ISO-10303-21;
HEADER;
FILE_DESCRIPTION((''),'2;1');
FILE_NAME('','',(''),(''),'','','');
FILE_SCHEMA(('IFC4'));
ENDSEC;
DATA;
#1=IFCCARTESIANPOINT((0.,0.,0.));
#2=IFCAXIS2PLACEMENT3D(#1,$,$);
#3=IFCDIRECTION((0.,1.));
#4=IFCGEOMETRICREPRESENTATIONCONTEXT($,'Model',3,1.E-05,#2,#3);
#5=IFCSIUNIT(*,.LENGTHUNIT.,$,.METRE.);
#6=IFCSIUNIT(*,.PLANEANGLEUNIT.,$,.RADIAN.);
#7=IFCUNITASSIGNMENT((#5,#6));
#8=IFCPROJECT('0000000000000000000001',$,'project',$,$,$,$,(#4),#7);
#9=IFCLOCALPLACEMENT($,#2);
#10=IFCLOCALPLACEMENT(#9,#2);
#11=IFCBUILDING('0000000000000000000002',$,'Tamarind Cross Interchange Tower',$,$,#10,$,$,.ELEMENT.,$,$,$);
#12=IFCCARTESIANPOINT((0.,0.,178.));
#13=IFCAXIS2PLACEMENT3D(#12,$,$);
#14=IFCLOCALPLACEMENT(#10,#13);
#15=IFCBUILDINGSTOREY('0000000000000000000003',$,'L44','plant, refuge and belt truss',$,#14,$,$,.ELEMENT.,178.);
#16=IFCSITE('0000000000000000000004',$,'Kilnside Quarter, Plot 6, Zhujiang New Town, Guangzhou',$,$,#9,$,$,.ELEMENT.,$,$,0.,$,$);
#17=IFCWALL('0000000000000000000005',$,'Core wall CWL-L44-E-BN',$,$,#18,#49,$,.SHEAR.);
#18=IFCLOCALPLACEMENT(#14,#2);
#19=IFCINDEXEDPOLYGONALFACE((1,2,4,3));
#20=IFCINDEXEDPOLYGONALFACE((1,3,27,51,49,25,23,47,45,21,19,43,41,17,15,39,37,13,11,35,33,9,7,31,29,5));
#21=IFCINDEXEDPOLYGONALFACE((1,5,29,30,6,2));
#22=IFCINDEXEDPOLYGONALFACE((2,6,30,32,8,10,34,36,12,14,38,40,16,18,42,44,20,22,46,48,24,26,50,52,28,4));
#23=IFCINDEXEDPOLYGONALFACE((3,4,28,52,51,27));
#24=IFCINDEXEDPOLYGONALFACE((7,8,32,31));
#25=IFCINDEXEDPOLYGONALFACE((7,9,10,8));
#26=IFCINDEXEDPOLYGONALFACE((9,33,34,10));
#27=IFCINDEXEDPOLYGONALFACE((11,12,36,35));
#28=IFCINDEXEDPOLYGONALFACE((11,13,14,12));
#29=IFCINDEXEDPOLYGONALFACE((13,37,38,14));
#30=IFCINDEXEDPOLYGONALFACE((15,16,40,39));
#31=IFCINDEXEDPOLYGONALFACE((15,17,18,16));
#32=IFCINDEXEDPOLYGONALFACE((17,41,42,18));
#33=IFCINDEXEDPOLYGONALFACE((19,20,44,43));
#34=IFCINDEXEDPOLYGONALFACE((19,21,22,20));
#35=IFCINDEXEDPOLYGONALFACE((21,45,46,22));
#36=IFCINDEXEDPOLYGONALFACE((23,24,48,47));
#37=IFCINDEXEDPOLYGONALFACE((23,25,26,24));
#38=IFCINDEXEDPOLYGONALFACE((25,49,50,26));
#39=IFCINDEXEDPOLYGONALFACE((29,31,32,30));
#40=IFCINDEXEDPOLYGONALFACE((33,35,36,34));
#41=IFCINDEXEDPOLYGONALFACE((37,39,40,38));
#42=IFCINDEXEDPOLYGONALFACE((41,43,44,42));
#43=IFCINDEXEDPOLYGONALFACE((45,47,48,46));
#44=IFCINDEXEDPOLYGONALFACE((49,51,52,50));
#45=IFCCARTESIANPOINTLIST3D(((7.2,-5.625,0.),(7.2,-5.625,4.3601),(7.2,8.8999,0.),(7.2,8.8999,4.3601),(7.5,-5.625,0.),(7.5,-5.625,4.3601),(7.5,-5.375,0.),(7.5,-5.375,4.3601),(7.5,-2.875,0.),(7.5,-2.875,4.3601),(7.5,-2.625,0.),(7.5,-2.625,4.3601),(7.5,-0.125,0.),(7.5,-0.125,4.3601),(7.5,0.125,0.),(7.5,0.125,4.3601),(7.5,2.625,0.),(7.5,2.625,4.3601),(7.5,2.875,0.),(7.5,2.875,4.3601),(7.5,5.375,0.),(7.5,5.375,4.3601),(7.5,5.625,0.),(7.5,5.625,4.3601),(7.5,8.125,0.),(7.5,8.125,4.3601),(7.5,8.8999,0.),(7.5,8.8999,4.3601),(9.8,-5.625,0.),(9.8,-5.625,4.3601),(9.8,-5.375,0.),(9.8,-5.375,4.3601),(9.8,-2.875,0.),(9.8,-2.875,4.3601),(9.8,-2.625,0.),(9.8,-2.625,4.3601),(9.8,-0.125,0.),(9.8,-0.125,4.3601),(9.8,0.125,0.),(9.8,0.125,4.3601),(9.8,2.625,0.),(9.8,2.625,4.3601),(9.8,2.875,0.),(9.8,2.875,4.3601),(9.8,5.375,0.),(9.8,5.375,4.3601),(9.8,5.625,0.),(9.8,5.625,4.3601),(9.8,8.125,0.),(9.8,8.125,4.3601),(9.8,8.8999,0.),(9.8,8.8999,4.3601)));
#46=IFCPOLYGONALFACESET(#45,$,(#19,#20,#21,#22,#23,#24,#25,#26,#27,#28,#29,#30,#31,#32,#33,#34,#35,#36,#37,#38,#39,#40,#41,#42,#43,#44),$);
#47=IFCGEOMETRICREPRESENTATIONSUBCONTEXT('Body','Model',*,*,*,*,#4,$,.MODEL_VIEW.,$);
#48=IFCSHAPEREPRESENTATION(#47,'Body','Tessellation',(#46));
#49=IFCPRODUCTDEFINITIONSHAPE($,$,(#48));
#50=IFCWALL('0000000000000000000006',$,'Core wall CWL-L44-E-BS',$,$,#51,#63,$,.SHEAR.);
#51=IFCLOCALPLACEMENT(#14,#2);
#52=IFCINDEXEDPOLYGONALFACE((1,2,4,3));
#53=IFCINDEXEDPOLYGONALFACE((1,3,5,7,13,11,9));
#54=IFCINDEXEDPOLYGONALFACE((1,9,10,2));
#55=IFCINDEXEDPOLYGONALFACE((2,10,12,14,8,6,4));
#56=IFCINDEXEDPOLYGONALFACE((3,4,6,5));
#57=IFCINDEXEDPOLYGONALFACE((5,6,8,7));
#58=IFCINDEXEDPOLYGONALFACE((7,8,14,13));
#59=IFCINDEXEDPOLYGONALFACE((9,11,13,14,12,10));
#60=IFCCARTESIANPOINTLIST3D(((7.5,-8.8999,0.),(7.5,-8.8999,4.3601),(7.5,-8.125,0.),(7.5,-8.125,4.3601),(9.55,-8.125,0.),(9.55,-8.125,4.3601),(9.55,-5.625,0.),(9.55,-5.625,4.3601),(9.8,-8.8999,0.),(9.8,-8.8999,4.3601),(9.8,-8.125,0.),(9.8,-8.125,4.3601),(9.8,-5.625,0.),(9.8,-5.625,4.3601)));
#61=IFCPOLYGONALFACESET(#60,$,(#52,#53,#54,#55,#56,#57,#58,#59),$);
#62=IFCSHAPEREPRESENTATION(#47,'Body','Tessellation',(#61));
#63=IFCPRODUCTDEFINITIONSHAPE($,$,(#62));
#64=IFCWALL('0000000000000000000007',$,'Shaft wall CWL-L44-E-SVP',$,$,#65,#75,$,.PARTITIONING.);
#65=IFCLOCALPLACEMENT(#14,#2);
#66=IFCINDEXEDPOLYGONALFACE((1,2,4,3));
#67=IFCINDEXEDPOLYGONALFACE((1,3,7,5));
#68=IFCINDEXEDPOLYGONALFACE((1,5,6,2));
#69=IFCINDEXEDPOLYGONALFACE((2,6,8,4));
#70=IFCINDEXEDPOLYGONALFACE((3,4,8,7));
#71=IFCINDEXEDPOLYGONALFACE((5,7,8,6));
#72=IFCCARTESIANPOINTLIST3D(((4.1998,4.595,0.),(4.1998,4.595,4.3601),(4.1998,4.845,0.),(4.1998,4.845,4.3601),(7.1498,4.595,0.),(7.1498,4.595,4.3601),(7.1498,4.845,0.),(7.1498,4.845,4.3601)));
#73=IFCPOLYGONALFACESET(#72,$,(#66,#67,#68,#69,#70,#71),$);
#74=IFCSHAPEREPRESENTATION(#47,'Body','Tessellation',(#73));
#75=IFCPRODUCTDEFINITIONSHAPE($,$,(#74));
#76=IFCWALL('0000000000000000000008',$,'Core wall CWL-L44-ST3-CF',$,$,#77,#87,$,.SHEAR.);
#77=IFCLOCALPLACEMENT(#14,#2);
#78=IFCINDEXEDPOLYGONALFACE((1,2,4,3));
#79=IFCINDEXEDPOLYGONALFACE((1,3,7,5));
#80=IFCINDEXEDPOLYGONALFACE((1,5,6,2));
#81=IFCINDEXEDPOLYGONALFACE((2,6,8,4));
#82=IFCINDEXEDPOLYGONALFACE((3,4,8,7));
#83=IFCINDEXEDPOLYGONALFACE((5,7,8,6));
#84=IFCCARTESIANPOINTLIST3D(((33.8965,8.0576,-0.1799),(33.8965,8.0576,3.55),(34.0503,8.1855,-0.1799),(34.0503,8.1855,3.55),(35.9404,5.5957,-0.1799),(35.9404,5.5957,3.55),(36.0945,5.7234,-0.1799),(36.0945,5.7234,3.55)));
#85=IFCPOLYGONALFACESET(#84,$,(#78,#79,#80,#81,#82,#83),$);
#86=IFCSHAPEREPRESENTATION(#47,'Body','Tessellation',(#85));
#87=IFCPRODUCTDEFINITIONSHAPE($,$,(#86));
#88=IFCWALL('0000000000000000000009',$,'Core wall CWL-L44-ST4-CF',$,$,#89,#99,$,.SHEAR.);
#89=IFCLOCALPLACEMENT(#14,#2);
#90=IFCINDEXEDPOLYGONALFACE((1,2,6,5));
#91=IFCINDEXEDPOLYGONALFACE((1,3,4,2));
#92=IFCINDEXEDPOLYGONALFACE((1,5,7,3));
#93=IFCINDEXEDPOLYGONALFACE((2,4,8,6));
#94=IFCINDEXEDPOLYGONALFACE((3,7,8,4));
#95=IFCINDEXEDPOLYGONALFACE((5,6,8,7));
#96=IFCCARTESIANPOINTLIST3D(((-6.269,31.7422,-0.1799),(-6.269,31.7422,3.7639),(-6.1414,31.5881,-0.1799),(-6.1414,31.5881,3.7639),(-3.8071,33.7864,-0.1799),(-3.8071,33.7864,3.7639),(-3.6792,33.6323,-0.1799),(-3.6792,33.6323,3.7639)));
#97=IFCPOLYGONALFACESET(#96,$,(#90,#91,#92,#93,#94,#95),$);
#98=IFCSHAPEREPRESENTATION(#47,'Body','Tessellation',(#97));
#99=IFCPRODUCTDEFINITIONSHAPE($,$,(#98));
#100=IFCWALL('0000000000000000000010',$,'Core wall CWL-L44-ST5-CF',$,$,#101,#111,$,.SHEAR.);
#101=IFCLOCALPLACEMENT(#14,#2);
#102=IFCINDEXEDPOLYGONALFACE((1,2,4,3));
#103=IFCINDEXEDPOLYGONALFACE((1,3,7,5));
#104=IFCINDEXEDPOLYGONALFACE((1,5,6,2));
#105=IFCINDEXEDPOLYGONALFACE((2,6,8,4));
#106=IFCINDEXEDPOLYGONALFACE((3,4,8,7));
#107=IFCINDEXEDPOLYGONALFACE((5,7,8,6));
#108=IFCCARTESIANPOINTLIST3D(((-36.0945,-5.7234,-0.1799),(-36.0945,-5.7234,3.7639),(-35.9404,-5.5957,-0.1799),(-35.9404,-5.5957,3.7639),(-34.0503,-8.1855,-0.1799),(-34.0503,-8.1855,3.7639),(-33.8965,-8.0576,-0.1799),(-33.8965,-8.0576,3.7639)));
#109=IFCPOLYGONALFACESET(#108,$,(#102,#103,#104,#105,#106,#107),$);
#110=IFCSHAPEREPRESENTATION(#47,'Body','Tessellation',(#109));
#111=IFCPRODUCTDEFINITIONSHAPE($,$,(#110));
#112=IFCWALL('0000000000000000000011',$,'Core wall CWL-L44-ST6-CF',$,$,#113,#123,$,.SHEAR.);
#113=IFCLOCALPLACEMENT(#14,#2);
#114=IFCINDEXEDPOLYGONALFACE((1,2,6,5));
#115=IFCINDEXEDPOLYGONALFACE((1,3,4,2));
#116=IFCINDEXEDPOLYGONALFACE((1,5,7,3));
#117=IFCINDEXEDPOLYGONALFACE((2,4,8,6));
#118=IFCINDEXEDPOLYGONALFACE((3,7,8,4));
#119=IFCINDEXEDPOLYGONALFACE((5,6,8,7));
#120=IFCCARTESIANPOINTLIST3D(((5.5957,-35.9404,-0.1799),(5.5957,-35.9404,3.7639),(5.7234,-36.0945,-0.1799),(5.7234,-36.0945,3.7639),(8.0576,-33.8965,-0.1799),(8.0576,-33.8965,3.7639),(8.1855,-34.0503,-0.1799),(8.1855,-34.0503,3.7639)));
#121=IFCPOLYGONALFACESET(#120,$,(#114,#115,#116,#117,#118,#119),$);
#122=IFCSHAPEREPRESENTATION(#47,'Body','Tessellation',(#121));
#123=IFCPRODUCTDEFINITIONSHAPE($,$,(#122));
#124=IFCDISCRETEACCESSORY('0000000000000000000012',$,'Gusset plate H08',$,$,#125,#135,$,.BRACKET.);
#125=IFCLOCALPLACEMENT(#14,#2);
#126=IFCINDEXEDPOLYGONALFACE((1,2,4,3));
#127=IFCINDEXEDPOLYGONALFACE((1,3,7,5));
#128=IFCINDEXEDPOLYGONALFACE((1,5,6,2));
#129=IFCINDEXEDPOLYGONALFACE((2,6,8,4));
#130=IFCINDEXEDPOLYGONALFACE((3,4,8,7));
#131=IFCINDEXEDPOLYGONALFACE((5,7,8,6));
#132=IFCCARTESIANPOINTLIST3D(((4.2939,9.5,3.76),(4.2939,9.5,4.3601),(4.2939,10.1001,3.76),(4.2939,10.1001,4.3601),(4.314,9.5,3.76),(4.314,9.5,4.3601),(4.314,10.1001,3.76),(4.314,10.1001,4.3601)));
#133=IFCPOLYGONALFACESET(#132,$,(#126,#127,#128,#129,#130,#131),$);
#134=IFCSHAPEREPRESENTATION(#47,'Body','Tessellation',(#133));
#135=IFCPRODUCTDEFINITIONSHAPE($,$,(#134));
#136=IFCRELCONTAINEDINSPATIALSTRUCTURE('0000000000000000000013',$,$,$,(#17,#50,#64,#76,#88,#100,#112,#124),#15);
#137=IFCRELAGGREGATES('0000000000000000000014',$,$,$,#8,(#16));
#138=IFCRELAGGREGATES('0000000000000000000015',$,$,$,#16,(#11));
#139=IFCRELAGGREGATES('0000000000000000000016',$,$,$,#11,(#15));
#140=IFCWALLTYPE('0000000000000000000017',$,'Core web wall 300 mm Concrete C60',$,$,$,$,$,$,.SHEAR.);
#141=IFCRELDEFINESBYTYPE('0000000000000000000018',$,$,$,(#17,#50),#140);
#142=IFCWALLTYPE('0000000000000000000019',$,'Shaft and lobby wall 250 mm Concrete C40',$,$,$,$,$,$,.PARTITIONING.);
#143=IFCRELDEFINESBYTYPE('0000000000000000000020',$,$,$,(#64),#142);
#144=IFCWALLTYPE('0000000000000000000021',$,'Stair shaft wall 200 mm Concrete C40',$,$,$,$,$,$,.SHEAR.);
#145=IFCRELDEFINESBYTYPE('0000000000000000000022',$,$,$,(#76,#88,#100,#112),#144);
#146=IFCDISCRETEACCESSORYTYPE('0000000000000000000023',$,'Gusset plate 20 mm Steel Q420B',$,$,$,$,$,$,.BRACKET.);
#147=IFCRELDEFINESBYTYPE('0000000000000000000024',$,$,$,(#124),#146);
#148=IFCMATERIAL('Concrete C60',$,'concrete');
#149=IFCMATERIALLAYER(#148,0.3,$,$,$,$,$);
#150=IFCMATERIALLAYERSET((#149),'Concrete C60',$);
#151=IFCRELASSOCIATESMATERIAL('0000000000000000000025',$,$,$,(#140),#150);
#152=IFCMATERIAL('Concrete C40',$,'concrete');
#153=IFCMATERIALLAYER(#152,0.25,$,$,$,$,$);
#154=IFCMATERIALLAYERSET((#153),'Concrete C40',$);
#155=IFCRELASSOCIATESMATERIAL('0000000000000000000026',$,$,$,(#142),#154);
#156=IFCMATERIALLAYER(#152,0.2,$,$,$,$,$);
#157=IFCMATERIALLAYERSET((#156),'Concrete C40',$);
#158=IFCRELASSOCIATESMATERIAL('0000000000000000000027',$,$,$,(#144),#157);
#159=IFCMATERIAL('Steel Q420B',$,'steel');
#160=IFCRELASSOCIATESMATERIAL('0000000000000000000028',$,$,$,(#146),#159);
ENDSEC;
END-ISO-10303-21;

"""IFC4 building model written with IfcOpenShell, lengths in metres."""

from ifc_helpers import new_model, si_unit, direction, frame, frame_2d, origin, origin_2d, place, context, subcontext, project, spatial, polyline, rectangle, outline, extrude, material, layer, layer_set, type_object, element, save


model = new_model("IFC4")

# Units and contexts
model_context = context("Model", 3, precision=1e-05, world=origin(), true_north=direction((0.0, 1.0)))
body_context = subcontext(model_context, "Body", "Model", "MODEL_VIEW")
ifc_project = project(units=[si_unit("LENGTHUNIT", "METRE"), si_unit("PLANEANGLEUNIT", "RADIAN")], contexts=[model_context])

# Site, building, storey
site_placement = place(None, origin())
site = spatial("IfcSite", under=ifc_project, at=site_placement, Name="Kilnside Quarter, Plot 6, Zhujiang New Town, Guangzhou", CompositionType="ELEMENT", RefElevation=0.0)
building_placement = place(site_placement, origin())
building = spatial("IfcBuilding", under=site, at=building_placement, Name="Tamarind Cross Interchange Tower", CompositionType="ELEMENT")
storey_placement = place(building_placement, frame((0.0, 0.0, 178.0)))
storey = spatial("IfcBuildingStorey", under=building, at=storey_placement, Name="L44", Description="plant, refuge and belt truss", CompositionType="ELEMENT", Elevation=178.0)

# Shared definitions
ifc_material_1 = material(Name="Steel Q420B", Category="steel")

# Shared definitions
ifc_material_2 = material(Name="Concrete C40", Category="concrete")

# Walls
ifc_material_3 = material(Name="Concrete C60", Category="concrete")
ifc_layer_1 = layer(ifc_material_3, 0.3)
ifc_layer_set_1 = layer_set([ifc_layer_1], Name="Concrete C60")
wall_type_1 = type_object("IfcWallType", Name="Core web wall 300 mm Concrete C60", PredefinedType="SHEAR", material=ifc_layer_set_1)
wall_1_placement = place(storey_placement, origin())
element("IfcWall", 1, at=wall_1_placement, inside=storey, type_object=wall_type_1, Name="Core wall CWL-L44-E-BN", PredefinedType="SHEAR", context=body_context, shape_type="SweptSolid", body=[
    extrude(outline(polyline([(9.8, -5.375), (7.5, -5.375), (7.5, -2.875), (9.8, -2.875), (9.8, -2.625), (7.5, -2.625), (7.5, -0.125), (9.8, -0.125), (9.8, 0.125), (7.5, 0.125), (7.5, 2.625), (9.8, 2.625), (9.8, 2.875), (7.5, 2.875), (7.5, 5.375), (9.8, 5.375), (9.8, 5.625), (7.5, 5.625), (7.5, 8.125), (9.8, 8.125), (9.8, 8.8999), (7.5, 8.8999), (7.2, 8.8999), (7.2, -5.625), (7.5, -5.625), (9.8, -5.625), (9.8, -5.375)])), origin(), (0.0, 0.0, 1.0), 4.3601),
])
wall_2_placement = place(storey_placement, origin())
element("IfcWall", 2, at=wall_2_placement, inside=storey, type_object=wall_type_1, Name="Core wall CWL-L44-E-BS", PredefinedType="SHEAR", context=body_context, shape_type="SweptSolid", body=[
    extrude(outline(polyline([(7.5, -8.125), (7.5, -8.8999), (9.8, -8.8999), (9.8, -8.125), (9.8, -5.625), (9.55, -5.625), (9.55, -8.125), (7.5, -8.125)])), origin(), (0.0, 0.0, 1.0), 4.3601),
])
ifc_layer_2 = layer(ifc_material_2, 0.25)
ifc_layer_set_2 = layer_set([ifc_layer_2], Name="Concrete C40")
wall_type_2 = type_object("IfcWallType", Name="Shaft and lobby wall 250 mm Concrete C40", PredefinedType="PARTITIONING", material=ifc_layer_set_2)
wall_3_placement = place(storey_placement, frame((7.1499, 4.72, 0.0), z_axis=(0.0, 0.0, 1.0), x_axis=(-1.0, 0.0, 0.0)))
element("IfcWall", 3, at=wall_3_placement, inside=storey, type_object=wall_type_2, Name="Shaft wall CWL-L44-E-SVP", PredefinedType="PARTITIONING", context=body_context, shape_type="SweptSolid", body=[
    extrude(rectangle(XDim=2.95, YDim=0.25, at=frame_2d((1.4751, 0.0))), origin(), (0.0, 0.0, 1.0), 4.3601),
])
ifc_layer_3 = layer(ifc_material_2, 0.2)
ifc_layer_set_3 = layer_set([ifc_layer_3], Name="Concrete C40")
wall_type_3 = type_object("IfcWallType", Name="Stair shaft wall 200 mm Concrete C40", PredefinedType="SHEAR", material=ifc_layer_set_3)
wall_4_placement = place(storey_placement, frame((0.0, 0.0, -0.1799)))
element("IfcWall", 4, at=wall_4_placement, inside=storey, type_object=wall_type_3, Name="Core wall CWL-L44-ST3-CF", PredefinedType="SHEAR", context=body_context, shape_type="SweptSolid", body=[
    extrude(outline(polyline([(35.9404, 5.5957), (36.0945, 5.7234), (34.0503, 8.1855), (33.8965, 8.0576), (35.9404, 5.5957)])), origin(), (0.0, 0.0, 1.0), 3.73),
])
wall_5_placement = place(storey_placement, frame((0.0, 0.0, -0.1799)))
element("IfcWall", 5, at=wall_5_placement, inside=storey, type_object=wall_type_3, Name="Core wall CWL-L44-ST4-CF", PredefinedType="SHEAR", context=body_context, shape_type="SweptSolid", body=[
    extrude(outline(polyline([(-3.6792, 33.6323), (-3.8071, 33.7864), (-6.269, 31.7422), (-6.1414, 31.5881), (-3.6792, 33.6323)])), origin(), (0.0, 0.0, 1.0), 3.9438),
])
wall_6_placement = place(storey_placement, frame((0.0, 0.0, -0.1799)))
element("IfcWall", 6, at=wall_6_placement, inside=storey, type_object=wall_type_3, Name="Core wall CWL-L44-ST5-CF", PredefinedType="SHEAR", context=body_context, shape_type="SweptSolid", body=[
    extrude(outline(polyline([(-35.9404, -5.5957), (-36.0945, -5.7234), (-34.0503, -8.1855), (-33.8965, -8.0576), (-35.9404, -5.5957)])), origin(), (0.0, 0.0, 1.0), 3.9438),
])
wall_7_placement = place(storey_placement, frame((0.0, 0.0, -0.1799)))
element("IfcWall", 7, at=wall_7_placement, inside=storey, type_object=wall_type_3, Name="Core wall CWL-L44-ST6-CF", PredefinedType="SHEAR", context=body_context, shape_type="SweptSolid", body=[
    extrude(outline(polyline([(5.5957, -35.9404), (5.7234, -36.0945), (8.1855, -34.0503), (8.0576, -33.8965), (5.5957, -35.9404)])), origin(), (0.0, 0.0, 1.0), 3.9438),
])

# Discrete accessory
discrete_accessory_type = type_object("IfcDiscreteAccessoryType", Name="Gusset plate 20 mm Steel Q420B", PredefinedType="BRACKET", material=ifc_material_1)
discrete_accessory_placement = place(storey_placement, frame((4.304, 9.8, 3.76), z_axis=(0.0, 0.0, 1.0), x_axis=(1.0, 0.0, 0.0)))
element("IfcDiscreteAccessory", 8, at=discrete_accessory_placement, inside=storey, type_object=discrete_accessory_type, Name="Gusset plate H08", PredefinedType="BRACKET", context=body_context, shape_type="SweptSolid", body=[
    extrude(rectangle(XDim=0.02, YDim=0.6001, at=origin_2d()), origin(), (0.0, 0.0, 1.0), 0.6001),
])

save(model, "model.ifc")
